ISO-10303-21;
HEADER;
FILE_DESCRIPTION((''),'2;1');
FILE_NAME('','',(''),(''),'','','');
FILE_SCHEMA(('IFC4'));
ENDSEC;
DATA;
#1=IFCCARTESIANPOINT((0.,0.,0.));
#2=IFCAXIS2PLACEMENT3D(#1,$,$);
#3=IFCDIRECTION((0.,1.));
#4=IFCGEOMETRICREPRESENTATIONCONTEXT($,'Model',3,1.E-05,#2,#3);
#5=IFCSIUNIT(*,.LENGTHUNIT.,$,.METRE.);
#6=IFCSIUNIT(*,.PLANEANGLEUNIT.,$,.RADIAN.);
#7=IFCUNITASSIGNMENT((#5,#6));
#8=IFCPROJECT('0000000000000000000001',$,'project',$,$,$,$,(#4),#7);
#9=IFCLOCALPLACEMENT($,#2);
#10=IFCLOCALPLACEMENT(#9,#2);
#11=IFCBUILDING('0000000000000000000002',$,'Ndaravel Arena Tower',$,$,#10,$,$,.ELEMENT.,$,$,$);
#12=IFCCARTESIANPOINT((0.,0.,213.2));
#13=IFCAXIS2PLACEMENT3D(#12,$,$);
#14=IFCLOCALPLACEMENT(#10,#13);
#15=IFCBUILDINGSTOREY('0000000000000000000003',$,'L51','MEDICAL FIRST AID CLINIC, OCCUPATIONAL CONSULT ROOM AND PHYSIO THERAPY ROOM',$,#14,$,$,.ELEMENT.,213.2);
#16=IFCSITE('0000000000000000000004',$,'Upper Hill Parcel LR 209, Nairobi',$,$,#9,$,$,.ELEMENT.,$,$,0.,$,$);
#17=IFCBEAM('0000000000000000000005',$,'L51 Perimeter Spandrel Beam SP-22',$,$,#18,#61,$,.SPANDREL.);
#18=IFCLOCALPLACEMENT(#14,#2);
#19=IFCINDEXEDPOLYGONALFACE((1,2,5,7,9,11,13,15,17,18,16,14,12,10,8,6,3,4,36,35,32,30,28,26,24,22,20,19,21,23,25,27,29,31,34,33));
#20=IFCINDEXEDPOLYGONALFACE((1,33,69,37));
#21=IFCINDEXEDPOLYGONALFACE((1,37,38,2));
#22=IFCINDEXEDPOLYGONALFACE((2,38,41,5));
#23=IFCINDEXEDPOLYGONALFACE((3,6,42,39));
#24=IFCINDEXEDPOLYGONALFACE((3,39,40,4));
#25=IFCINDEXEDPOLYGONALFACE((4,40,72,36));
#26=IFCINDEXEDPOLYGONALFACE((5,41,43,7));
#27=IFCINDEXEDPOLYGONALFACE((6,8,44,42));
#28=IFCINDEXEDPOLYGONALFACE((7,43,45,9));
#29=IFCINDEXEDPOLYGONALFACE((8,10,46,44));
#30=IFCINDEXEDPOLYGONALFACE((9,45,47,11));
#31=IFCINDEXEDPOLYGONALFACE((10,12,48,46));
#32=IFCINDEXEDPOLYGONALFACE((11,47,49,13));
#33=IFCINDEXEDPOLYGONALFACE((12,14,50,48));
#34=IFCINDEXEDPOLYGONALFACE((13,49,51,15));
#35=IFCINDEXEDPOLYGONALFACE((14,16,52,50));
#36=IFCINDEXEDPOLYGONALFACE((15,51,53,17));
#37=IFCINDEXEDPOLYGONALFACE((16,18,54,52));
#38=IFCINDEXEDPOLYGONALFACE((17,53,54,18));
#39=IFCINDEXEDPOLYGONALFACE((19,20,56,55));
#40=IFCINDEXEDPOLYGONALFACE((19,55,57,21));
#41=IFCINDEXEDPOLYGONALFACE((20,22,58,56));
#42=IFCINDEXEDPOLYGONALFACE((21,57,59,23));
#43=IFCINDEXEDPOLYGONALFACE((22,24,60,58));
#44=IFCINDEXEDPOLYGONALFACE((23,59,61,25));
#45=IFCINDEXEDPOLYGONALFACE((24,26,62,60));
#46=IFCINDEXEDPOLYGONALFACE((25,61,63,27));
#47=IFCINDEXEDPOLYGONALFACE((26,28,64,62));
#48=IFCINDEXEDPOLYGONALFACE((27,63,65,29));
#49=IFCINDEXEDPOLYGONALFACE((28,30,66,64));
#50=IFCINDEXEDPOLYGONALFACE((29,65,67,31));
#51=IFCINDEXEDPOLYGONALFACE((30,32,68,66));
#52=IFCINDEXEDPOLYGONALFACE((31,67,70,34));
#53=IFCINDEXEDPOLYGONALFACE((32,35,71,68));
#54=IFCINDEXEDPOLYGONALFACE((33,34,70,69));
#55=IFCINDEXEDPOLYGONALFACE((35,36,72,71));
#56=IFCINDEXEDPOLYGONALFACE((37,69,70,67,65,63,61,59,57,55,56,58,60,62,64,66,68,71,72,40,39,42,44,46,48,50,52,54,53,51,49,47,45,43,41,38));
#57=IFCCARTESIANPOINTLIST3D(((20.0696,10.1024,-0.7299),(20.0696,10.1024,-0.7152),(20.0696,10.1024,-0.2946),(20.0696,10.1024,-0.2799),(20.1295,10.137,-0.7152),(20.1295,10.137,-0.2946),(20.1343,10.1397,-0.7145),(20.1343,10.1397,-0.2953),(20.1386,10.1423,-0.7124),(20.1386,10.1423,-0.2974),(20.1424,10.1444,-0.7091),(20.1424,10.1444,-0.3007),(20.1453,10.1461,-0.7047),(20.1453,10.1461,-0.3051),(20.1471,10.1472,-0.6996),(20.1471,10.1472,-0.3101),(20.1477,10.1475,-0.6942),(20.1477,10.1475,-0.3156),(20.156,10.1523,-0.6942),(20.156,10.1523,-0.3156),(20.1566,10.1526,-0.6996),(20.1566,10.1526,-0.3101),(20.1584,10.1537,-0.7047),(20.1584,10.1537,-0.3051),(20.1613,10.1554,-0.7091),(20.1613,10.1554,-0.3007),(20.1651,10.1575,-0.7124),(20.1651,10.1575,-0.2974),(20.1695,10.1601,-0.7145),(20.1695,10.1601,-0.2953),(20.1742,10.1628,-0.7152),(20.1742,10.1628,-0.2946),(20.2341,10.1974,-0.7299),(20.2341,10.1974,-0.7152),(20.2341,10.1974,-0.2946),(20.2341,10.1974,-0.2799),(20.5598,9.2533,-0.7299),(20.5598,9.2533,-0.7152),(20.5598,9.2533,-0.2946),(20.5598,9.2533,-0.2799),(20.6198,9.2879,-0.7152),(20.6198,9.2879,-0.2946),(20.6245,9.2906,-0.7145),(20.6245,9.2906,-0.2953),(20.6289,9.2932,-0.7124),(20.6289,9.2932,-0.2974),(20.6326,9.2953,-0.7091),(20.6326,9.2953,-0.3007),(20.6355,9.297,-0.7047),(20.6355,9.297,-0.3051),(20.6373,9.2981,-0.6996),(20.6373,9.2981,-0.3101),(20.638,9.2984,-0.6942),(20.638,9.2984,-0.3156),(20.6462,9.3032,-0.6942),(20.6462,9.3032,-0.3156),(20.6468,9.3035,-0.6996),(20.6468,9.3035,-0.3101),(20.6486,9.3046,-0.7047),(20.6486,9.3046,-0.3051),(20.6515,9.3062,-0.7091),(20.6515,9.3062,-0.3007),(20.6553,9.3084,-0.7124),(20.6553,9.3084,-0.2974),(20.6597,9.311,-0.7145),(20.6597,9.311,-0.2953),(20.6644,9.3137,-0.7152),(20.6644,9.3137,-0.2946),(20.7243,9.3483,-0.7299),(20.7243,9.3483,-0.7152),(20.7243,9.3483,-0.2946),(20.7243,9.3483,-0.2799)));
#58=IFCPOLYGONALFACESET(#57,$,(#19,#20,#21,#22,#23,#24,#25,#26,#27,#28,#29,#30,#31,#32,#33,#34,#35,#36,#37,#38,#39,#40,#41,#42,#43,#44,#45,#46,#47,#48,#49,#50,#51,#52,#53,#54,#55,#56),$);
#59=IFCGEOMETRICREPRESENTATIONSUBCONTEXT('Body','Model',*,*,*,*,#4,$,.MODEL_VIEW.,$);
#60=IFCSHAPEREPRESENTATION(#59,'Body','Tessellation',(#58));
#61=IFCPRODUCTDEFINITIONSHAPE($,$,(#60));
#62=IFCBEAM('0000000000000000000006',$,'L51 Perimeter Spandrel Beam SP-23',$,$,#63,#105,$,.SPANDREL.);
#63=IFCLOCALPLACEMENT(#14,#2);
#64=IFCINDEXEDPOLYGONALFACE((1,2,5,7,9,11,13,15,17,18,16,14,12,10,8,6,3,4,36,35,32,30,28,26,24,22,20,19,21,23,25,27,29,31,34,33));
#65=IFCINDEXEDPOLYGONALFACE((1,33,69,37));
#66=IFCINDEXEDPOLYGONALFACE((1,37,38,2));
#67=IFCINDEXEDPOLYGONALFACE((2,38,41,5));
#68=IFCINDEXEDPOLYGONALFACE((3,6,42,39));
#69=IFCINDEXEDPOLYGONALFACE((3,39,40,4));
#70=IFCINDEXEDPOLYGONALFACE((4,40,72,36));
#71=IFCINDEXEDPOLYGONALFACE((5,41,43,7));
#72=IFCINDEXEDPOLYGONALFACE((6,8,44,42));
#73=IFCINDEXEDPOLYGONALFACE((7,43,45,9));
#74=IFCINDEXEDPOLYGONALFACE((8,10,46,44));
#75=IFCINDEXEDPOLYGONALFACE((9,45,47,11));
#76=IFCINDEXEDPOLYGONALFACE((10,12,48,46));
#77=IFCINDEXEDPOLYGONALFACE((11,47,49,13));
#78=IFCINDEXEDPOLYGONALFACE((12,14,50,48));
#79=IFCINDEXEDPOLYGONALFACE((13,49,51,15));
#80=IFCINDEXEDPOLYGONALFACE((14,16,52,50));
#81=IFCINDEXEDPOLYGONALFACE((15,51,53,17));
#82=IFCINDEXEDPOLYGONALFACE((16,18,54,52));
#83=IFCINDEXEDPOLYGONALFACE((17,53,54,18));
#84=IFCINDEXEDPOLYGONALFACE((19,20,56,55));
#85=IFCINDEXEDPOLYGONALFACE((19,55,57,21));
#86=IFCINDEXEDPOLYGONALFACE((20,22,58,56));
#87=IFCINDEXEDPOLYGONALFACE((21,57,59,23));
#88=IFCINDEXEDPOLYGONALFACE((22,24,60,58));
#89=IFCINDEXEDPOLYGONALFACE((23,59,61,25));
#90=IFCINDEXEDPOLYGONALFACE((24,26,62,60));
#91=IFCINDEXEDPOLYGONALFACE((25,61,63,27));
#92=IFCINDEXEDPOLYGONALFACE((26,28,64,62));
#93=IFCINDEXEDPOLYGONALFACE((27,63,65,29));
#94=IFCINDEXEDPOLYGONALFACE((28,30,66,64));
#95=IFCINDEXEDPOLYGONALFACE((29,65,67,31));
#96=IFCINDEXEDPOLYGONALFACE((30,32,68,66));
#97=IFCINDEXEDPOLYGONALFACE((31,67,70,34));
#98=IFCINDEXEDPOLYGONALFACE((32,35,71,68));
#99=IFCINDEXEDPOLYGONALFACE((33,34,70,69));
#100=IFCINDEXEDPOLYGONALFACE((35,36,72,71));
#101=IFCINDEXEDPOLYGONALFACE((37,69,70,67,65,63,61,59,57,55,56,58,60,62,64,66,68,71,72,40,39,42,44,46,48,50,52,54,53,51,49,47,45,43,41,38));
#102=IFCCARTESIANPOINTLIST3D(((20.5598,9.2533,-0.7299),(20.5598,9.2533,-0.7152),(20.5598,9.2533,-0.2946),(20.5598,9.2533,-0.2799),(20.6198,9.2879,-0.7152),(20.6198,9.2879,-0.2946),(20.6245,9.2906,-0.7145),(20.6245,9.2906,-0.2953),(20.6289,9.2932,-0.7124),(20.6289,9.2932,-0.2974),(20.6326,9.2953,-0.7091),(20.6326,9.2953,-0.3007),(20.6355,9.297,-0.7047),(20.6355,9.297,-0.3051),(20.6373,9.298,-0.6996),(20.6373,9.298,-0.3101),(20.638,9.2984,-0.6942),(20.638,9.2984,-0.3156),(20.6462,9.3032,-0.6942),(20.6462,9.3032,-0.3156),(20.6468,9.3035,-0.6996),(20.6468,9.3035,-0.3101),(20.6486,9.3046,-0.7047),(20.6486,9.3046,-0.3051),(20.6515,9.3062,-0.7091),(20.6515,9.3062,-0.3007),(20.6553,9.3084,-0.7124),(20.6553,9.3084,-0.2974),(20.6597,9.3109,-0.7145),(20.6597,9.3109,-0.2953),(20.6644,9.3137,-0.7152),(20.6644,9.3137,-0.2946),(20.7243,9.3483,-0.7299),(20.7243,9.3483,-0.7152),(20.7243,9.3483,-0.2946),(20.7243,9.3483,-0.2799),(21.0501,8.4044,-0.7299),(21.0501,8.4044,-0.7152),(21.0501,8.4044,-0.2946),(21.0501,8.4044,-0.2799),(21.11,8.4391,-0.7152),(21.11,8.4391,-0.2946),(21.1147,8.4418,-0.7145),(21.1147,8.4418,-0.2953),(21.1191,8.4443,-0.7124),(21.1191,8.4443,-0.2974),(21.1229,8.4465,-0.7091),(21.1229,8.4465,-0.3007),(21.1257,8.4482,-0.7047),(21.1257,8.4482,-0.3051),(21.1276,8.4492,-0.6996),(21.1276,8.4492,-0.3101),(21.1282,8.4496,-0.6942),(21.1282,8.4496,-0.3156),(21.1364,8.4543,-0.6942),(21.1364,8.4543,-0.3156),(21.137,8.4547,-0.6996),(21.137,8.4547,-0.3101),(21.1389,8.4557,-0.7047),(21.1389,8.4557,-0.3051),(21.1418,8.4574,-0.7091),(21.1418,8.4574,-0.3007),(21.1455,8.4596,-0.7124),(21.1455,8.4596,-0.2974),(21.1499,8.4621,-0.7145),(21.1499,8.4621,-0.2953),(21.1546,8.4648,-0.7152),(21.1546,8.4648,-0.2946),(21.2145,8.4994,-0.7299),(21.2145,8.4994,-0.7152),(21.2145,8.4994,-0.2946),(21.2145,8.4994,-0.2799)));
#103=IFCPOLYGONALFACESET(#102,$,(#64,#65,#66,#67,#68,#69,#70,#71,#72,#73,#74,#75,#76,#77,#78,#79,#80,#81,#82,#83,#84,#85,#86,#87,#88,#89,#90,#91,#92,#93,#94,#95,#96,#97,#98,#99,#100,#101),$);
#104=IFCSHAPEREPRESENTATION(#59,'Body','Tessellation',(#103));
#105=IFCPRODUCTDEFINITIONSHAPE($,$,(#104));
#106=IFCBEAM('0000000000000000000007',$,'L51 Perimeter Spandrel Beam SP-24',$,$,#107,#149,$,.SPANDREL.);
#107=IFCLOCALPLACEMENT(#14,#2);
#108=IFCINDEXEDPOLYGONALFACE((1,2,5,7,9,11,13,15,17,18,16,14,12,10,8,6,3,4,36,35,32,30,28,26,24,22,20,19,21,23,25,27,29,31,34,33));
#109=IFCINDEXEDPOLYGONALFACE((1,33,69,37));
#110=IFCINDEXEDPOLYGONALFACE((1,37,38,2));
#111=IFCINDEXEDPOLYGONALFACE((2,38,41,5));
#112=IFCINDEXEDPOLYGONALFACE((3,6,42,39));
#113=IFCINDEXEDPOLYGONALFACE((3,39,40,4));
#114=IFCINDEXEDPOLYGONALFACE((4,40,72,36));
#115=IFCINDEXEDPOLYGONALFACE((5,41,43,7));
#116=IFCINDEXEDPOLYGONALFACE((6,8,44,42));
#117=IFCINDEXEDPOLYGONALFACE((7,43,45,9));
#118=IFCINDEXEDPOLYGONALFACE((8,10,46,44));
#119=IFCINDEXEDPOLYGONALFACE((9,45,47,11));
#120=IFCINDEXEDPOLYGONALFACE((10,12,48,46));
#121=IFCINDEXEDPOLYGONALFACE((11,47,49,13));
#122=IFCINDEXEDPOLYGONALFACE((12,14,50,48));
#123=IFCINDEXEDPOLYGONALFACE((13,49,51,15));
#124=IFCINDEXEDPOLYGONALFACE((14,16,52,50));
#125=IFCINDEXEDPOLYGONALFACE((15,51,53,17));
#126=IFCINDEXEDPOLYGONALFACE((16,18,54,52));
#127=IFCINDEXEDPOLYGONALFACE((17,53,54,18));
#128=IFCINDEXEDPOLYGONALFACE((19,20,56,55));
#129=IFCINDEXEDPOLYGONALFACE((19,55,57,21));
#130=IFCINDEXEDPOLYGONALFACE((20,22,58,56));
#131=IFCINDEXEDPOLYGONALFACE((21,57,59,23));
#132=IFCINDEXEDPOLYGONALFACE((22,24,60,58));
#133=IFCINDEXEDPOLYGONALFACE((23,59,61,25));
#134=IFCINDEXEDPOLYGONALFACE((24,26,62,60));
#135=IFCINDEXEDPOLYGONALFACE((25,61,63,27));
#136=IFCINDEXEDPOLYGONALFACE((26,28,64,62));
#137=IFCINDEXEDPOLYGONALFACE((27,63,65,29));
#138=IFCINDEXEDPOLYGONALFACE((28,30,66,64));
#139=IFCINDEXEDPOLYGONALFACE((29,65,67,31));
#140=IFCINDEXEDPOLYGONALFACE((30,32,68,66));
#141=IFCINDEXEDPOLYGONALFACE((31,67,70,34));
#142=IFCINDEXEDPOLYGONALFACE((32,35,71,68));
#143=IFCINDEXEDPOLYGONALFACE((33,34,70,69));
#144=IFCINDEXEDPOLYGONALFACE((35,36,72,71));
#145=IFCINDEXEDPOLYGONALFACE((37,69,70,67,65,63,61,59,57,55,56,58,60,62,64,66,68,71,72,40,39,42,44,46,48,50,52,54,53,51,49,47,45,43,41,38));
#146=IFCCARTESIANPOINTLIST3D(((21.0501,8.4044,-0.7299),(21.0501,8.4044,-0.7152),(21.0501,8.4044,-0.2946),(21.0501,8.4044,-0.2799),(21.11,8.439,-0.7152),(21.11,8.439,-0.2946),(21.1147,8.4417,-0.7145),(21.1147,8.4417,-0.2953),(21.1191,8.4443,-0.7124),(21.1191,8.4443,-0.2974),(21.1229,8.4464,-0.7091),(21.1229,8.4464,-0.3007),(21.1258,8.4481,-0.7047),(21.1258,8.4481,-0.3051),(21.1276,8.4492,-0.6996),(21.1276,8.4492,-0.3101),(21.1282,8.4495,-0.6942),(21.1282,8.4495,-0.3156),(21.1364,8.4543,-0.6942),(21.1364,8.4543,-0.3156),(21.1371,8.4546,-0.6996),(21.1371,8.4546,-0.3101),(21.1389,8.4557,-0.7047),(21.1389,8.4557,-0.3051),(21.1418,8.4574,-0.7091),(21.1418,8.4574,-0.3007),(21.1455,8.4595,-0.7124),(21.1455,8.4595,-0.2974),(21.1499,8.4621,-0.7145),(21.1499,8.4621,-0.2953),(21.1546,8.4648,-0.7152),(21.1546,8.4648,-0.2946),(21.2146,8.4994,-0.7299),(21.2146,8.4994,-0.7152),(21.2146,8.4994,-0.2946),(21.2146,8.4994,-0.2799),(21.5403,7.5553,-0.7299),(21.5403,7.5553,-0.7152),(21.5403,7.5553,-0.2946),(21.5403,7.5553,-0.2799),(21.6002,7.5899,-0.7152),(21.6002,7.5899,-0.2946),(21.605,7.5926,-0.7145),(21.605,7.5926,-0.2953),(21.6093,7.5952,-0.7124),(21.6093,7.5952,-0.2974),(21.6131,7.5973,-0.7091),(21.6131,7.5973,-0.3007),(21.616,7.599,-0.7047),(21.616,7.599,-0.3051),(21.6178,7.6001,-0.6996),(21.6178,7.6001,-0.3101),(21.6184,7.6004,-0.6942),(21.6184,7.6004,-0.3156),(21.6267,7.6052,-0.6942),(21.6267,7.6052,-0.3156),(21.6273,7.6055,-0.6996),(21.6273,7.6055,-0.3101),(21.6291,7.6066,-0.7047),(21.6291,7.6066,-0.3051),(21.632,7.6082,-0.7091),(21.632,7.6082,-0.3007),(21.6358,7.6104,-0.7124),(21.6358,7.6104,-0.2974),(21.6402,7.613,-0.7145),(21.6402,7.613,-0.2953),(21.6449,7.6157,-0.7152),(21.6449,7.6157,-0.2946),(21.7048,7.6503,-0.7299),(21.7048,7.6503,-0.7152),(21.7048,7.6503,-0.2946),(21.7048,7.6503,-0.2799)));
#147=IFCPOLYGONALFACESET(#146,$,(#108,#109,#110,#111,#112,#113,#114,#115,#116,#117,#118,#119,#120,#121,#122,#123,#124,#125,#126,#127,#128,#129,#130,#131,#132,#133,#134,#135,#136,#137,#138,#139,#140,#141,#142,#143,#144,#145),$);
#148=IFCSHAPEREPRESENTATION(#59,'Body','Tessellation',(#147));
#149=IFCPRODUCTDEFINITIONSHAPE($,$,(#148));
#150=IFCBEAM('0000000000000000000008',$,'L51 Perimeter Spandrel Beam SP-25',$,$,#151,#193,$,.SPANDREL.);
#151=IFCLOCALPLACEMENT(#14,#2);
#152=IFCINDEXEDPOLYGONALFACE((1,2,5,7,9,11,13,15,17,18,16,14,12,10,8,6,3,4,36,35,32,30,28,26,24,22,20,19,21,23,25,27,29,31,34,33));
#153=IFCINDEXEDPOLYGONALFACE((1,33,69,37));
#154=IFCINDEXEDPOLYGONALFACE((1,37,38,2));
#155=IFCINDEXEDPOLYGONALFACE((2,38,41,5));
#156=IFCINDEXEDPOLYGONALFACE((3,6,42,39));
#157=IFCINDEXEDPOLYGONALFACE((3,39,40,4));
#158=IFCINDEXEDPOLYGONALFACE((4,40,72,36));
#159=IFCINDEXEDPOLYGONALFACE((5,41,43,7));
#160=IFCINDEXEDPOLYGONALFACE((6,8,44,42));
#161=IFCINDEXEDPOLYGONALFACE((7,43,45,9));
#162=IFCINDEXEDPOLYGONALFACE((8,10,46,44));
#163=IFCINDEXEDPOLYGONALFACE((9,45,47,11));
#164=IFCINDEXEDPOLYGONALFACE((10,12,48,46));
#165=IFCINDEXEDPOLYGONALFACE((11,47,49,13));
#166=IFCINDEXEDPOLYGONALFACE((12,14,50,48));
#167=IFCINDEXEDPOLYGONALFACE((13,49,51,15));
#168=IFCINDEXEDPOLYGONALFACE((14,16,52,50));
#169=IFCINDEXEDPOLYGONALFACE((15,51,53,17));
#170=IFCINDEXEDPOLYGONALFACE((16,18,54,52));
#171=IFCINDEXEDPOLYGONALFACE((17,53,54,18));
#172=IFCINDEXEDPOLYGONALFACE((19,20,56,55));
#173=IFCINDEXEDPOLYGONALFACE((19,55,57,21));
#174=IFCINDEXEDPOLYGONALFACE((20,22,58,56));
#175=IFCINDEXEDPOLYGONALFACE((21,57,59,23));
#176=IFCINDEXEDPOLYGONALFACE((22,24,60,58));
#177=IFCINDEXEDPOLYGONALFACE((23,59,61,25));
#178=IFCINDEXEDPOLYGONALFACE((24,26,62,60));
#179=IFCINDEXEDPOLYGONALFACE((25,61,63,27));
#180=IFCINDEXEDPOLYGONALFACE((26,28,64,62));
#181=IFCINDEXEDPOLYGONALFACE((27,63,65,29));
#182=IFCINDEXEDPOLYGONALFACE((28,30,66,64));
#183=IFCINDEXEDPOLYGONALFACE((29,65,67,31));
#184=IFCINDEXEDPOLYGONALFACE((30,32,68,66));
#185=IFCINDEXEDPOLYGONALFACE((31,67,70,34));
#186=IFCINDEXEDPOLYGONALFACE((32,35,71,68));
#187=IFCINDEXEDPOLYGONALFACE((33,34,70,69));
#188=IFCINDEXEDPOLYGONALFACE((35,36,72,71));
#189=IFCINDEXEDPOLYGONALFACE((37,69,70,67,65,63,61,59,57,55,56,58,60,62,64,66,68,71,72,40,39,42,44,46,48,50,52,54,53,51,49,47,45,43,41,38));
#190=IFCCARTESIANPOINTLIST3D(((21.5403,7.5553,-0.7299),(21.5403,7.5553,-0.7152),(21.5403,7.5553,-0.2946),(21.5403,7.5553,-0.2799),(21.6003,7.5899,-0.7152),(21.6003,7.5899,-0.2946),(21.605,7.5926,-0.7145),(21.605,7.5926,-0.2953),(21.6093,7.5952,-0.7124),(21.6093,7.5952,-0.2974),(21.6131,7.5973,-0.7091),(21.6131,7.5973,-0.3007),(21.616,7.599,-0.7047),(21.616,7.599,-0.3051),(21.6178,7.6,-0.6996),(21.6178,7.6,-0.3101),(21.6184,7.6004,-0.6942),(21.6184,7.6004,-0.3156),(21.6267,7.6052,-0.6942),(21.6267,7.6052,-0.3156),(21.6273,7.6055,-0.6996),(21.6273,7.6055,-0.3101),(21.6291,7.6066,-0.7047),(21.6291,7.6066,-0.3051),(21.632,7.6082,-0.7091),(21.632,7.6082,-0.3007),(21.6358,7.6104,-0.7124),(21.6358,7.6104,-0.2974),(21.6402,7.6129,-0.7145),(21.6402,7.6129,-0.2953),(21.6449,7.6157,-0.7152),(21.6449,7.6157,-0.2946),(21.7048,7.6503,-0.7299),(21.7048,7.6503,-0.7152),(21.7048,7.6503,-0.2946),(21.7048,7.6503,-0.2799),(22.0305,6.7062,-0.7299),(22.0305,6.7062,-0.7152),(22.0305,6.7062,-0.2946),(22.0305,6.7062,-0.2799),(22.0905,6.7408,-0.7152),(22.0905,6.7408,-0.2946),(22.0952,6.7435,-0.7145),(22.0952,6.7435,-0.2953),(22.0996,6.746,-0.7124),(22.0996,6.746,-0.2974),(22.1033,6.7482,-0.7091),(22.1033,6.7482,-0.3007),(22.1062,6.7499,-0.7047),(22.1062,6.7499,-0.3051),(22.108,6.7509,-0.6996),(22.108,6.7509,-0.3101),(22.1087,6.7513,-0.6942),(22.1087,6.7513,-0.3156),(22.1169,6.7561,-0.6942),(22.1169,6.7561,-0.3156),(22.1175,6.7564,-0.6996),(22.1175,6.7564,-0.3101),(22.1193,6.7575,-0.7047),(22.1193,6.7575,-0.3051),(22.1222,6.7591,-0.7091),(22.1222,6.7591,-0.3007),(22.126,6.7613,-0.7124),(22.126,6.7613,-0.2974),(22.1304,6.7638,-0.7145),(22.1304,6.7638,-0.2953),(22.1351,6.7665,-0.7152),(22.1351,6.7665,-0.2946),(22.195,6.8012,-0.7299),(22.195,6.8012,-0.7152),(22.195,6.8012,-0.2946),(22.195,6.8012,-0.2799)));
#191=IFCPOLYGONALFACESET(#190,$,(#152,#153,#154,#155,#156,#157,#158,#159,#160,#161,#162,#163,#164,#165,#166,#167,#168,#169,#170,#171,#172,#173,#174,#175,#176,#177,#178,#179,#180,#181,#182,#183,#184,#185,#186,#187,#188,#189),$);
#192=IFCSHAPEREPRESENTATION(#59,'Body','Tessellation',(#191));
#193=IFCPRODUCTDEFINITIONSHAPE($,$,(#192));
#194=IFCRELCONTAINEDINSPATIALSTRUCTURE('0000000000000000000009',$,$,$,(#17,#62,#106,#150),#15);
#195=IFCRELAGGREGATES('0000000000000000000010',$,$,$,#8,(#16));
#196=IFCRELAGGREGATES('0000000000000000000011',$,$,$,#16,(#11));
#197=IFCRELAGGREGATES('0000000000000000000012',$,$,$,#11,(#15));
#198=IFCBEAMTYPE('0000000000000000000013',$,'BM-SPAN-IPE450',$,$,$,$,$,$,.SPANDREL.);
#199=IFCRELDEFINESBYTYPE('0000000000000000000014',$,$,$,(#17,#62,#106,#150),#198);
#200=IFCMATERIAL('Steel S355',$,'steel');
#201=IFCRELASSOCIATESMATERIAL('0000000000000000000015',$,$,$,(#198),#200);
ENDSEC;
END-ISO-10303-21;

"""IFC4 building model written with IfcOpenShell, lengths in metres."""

from ifc_helpers import new_model, si_unit, direction, frame, origin, origin_2d, place, context, subcontext, project, spatial, i_section, extrude, material, material_profile, profile_set, type_object, element, save


model = new_model("IFC4")

# Units and contexts
model_context = context("Model", 3, precision=1e-05, world=origin(), true_north=direction((0.0, 1.0)))
body_context = subcontext(model_context, "Body", "Model", "MODEL_VIEW")
ifc_project = project(units=[si_unit("LENGTHUNIT", "METRE"), si_unit("PLANEANGLEUNIT", "RADIAN")], contexts=[model_context])

# Site, building, storey
site_placement = place(None, origin())
site = spatial("IfcSite", under=ifc_project, at=site_placement, Name="Upper Hill Parcel LR 209, Nairobi", CompositionType="ELEMENT", RefElevation=0.0)
building_placement = place(site_placement, origin())
building = spatial("IfcBuilding", under=site, at=building_placement, Name="Ndaravel Arena Tower", CompositionType="ELEMENT")
storey_placement = place(building_placement, frame((0.0, 0.0, 213.2)))
storey = spatial("IfcBuildingStorey", under=building, at=storey_placement, Name="L51", Description="MEDICAL FIRST AID CLINIC, OCCUPATIONAL CONSULT ROOM AND PHYSIO THERAPY ROOM", CompositionType="ELEMENT", Elevation=213.2)

# Beams
ifc_material_1 = material(Name="Steel S355", Category="steel")
ifc_material_profile_1 = material_profile(ifc_material_1, i_section(OverallWidth=0.1899, OverallDepth=0.45, WebThickness=0.0095, FlangeThickness=0.0146, FilletRadius=0.021, at=origin_2d()), Name="IPE 450")
ifc_profile_set_1 = profile_set([ifc_material_profile_1], Name="Steel S355")
beam_type_1 = type_object("IfcBeamType", Name="BM-SPAN-IPE450", PredefinedType="SPANDREL", material=ifc_profile_set_1)
for number, where, z_axis, x_axis, name in (
    (1, (20.1519, 10.1499, -0.5049), (0.499995, -0.866028, 0.0), (0.866028, 0.499995, 0.0), "L51 Perimeter Spandrel Beam SP-22"),
):
    element("IfcBeam", number, at=place(storey_placement, frame(where, z_axis=z_axis, x_axis=x_axis)), inside=storey, type_object=beam_type_1, Name=name, PredefinedType="SPANDREL", context=body_context, shape_type="SweptSolid", body=[
        extrude(i_section(OverallWidth=0.1899, OverallDepth=0.45, WebThickness=0.0095, FlangeThickness=0.0146, FilletRadius=0.021, at=origin_2d()), origin(), (0.0, 0.0, 1.0), 0.9805),
    ])
beam_1_placement = place(storey_placement, frame((20.6421, 9.3008, -0.5049), z_axis=(0.500103, -0.865966, 0.0), x_axis=(0.865966, 0.500103, 0.0)))
element("IfcBeam", 2, at=beam_1_placement, inside=storey, type_object=beam_type_1, Name="L51 Perimeter Spandrel Beam SP-23", PredefinedType="SPANDREL", context=body_context, shape_type="SweptSolid", body=[
    extrude(i_section(OverallWidth=0.1899, OverallDepth=0.45, WebThickness=0.0095, FlangeThickness=0.0146, FilletRadius=0.021, at=origin_2d()), origin(), (0.0, 0.0, 1.0), 0.9802),
])
for number, where, z_axis, x_axis, name in (
    (3, (21.1323, 8.4519, -0.5049), (0.499995, -0.866028, 0.0), (0.866028, 0.499995, 0.0), "L51 Perimeter Spandrel Beam SP-24"),
    (4, (21.6226, 7.6028, -0.5049), (0.499995, -0.866028, 0.0), (0.866028, 0.499995, 0.0), "L51 Perimeter Spandrel Beam SP-25"),
):
    element("IfcBeam", number, at=place(storey_placement, frame(where, z_axis=z_axis, x_axis=x_axis)), inside=storey, type_object=beam_type_1, Name=name, PredefinedType="SPANDREL", context=body_context, shape_type="SweptSolid", body=[
        extrude(i_section(OverallWidth=0.1899, OverallDepth=0.45, WebThickness=0.0095, FlangeThickness=0.0146, FilletRadius=0.021, at=origin_2d()), origin(), (0.0, 0.0, 1.0), 0.9805),
    ])

save(model, "model.ifc")
